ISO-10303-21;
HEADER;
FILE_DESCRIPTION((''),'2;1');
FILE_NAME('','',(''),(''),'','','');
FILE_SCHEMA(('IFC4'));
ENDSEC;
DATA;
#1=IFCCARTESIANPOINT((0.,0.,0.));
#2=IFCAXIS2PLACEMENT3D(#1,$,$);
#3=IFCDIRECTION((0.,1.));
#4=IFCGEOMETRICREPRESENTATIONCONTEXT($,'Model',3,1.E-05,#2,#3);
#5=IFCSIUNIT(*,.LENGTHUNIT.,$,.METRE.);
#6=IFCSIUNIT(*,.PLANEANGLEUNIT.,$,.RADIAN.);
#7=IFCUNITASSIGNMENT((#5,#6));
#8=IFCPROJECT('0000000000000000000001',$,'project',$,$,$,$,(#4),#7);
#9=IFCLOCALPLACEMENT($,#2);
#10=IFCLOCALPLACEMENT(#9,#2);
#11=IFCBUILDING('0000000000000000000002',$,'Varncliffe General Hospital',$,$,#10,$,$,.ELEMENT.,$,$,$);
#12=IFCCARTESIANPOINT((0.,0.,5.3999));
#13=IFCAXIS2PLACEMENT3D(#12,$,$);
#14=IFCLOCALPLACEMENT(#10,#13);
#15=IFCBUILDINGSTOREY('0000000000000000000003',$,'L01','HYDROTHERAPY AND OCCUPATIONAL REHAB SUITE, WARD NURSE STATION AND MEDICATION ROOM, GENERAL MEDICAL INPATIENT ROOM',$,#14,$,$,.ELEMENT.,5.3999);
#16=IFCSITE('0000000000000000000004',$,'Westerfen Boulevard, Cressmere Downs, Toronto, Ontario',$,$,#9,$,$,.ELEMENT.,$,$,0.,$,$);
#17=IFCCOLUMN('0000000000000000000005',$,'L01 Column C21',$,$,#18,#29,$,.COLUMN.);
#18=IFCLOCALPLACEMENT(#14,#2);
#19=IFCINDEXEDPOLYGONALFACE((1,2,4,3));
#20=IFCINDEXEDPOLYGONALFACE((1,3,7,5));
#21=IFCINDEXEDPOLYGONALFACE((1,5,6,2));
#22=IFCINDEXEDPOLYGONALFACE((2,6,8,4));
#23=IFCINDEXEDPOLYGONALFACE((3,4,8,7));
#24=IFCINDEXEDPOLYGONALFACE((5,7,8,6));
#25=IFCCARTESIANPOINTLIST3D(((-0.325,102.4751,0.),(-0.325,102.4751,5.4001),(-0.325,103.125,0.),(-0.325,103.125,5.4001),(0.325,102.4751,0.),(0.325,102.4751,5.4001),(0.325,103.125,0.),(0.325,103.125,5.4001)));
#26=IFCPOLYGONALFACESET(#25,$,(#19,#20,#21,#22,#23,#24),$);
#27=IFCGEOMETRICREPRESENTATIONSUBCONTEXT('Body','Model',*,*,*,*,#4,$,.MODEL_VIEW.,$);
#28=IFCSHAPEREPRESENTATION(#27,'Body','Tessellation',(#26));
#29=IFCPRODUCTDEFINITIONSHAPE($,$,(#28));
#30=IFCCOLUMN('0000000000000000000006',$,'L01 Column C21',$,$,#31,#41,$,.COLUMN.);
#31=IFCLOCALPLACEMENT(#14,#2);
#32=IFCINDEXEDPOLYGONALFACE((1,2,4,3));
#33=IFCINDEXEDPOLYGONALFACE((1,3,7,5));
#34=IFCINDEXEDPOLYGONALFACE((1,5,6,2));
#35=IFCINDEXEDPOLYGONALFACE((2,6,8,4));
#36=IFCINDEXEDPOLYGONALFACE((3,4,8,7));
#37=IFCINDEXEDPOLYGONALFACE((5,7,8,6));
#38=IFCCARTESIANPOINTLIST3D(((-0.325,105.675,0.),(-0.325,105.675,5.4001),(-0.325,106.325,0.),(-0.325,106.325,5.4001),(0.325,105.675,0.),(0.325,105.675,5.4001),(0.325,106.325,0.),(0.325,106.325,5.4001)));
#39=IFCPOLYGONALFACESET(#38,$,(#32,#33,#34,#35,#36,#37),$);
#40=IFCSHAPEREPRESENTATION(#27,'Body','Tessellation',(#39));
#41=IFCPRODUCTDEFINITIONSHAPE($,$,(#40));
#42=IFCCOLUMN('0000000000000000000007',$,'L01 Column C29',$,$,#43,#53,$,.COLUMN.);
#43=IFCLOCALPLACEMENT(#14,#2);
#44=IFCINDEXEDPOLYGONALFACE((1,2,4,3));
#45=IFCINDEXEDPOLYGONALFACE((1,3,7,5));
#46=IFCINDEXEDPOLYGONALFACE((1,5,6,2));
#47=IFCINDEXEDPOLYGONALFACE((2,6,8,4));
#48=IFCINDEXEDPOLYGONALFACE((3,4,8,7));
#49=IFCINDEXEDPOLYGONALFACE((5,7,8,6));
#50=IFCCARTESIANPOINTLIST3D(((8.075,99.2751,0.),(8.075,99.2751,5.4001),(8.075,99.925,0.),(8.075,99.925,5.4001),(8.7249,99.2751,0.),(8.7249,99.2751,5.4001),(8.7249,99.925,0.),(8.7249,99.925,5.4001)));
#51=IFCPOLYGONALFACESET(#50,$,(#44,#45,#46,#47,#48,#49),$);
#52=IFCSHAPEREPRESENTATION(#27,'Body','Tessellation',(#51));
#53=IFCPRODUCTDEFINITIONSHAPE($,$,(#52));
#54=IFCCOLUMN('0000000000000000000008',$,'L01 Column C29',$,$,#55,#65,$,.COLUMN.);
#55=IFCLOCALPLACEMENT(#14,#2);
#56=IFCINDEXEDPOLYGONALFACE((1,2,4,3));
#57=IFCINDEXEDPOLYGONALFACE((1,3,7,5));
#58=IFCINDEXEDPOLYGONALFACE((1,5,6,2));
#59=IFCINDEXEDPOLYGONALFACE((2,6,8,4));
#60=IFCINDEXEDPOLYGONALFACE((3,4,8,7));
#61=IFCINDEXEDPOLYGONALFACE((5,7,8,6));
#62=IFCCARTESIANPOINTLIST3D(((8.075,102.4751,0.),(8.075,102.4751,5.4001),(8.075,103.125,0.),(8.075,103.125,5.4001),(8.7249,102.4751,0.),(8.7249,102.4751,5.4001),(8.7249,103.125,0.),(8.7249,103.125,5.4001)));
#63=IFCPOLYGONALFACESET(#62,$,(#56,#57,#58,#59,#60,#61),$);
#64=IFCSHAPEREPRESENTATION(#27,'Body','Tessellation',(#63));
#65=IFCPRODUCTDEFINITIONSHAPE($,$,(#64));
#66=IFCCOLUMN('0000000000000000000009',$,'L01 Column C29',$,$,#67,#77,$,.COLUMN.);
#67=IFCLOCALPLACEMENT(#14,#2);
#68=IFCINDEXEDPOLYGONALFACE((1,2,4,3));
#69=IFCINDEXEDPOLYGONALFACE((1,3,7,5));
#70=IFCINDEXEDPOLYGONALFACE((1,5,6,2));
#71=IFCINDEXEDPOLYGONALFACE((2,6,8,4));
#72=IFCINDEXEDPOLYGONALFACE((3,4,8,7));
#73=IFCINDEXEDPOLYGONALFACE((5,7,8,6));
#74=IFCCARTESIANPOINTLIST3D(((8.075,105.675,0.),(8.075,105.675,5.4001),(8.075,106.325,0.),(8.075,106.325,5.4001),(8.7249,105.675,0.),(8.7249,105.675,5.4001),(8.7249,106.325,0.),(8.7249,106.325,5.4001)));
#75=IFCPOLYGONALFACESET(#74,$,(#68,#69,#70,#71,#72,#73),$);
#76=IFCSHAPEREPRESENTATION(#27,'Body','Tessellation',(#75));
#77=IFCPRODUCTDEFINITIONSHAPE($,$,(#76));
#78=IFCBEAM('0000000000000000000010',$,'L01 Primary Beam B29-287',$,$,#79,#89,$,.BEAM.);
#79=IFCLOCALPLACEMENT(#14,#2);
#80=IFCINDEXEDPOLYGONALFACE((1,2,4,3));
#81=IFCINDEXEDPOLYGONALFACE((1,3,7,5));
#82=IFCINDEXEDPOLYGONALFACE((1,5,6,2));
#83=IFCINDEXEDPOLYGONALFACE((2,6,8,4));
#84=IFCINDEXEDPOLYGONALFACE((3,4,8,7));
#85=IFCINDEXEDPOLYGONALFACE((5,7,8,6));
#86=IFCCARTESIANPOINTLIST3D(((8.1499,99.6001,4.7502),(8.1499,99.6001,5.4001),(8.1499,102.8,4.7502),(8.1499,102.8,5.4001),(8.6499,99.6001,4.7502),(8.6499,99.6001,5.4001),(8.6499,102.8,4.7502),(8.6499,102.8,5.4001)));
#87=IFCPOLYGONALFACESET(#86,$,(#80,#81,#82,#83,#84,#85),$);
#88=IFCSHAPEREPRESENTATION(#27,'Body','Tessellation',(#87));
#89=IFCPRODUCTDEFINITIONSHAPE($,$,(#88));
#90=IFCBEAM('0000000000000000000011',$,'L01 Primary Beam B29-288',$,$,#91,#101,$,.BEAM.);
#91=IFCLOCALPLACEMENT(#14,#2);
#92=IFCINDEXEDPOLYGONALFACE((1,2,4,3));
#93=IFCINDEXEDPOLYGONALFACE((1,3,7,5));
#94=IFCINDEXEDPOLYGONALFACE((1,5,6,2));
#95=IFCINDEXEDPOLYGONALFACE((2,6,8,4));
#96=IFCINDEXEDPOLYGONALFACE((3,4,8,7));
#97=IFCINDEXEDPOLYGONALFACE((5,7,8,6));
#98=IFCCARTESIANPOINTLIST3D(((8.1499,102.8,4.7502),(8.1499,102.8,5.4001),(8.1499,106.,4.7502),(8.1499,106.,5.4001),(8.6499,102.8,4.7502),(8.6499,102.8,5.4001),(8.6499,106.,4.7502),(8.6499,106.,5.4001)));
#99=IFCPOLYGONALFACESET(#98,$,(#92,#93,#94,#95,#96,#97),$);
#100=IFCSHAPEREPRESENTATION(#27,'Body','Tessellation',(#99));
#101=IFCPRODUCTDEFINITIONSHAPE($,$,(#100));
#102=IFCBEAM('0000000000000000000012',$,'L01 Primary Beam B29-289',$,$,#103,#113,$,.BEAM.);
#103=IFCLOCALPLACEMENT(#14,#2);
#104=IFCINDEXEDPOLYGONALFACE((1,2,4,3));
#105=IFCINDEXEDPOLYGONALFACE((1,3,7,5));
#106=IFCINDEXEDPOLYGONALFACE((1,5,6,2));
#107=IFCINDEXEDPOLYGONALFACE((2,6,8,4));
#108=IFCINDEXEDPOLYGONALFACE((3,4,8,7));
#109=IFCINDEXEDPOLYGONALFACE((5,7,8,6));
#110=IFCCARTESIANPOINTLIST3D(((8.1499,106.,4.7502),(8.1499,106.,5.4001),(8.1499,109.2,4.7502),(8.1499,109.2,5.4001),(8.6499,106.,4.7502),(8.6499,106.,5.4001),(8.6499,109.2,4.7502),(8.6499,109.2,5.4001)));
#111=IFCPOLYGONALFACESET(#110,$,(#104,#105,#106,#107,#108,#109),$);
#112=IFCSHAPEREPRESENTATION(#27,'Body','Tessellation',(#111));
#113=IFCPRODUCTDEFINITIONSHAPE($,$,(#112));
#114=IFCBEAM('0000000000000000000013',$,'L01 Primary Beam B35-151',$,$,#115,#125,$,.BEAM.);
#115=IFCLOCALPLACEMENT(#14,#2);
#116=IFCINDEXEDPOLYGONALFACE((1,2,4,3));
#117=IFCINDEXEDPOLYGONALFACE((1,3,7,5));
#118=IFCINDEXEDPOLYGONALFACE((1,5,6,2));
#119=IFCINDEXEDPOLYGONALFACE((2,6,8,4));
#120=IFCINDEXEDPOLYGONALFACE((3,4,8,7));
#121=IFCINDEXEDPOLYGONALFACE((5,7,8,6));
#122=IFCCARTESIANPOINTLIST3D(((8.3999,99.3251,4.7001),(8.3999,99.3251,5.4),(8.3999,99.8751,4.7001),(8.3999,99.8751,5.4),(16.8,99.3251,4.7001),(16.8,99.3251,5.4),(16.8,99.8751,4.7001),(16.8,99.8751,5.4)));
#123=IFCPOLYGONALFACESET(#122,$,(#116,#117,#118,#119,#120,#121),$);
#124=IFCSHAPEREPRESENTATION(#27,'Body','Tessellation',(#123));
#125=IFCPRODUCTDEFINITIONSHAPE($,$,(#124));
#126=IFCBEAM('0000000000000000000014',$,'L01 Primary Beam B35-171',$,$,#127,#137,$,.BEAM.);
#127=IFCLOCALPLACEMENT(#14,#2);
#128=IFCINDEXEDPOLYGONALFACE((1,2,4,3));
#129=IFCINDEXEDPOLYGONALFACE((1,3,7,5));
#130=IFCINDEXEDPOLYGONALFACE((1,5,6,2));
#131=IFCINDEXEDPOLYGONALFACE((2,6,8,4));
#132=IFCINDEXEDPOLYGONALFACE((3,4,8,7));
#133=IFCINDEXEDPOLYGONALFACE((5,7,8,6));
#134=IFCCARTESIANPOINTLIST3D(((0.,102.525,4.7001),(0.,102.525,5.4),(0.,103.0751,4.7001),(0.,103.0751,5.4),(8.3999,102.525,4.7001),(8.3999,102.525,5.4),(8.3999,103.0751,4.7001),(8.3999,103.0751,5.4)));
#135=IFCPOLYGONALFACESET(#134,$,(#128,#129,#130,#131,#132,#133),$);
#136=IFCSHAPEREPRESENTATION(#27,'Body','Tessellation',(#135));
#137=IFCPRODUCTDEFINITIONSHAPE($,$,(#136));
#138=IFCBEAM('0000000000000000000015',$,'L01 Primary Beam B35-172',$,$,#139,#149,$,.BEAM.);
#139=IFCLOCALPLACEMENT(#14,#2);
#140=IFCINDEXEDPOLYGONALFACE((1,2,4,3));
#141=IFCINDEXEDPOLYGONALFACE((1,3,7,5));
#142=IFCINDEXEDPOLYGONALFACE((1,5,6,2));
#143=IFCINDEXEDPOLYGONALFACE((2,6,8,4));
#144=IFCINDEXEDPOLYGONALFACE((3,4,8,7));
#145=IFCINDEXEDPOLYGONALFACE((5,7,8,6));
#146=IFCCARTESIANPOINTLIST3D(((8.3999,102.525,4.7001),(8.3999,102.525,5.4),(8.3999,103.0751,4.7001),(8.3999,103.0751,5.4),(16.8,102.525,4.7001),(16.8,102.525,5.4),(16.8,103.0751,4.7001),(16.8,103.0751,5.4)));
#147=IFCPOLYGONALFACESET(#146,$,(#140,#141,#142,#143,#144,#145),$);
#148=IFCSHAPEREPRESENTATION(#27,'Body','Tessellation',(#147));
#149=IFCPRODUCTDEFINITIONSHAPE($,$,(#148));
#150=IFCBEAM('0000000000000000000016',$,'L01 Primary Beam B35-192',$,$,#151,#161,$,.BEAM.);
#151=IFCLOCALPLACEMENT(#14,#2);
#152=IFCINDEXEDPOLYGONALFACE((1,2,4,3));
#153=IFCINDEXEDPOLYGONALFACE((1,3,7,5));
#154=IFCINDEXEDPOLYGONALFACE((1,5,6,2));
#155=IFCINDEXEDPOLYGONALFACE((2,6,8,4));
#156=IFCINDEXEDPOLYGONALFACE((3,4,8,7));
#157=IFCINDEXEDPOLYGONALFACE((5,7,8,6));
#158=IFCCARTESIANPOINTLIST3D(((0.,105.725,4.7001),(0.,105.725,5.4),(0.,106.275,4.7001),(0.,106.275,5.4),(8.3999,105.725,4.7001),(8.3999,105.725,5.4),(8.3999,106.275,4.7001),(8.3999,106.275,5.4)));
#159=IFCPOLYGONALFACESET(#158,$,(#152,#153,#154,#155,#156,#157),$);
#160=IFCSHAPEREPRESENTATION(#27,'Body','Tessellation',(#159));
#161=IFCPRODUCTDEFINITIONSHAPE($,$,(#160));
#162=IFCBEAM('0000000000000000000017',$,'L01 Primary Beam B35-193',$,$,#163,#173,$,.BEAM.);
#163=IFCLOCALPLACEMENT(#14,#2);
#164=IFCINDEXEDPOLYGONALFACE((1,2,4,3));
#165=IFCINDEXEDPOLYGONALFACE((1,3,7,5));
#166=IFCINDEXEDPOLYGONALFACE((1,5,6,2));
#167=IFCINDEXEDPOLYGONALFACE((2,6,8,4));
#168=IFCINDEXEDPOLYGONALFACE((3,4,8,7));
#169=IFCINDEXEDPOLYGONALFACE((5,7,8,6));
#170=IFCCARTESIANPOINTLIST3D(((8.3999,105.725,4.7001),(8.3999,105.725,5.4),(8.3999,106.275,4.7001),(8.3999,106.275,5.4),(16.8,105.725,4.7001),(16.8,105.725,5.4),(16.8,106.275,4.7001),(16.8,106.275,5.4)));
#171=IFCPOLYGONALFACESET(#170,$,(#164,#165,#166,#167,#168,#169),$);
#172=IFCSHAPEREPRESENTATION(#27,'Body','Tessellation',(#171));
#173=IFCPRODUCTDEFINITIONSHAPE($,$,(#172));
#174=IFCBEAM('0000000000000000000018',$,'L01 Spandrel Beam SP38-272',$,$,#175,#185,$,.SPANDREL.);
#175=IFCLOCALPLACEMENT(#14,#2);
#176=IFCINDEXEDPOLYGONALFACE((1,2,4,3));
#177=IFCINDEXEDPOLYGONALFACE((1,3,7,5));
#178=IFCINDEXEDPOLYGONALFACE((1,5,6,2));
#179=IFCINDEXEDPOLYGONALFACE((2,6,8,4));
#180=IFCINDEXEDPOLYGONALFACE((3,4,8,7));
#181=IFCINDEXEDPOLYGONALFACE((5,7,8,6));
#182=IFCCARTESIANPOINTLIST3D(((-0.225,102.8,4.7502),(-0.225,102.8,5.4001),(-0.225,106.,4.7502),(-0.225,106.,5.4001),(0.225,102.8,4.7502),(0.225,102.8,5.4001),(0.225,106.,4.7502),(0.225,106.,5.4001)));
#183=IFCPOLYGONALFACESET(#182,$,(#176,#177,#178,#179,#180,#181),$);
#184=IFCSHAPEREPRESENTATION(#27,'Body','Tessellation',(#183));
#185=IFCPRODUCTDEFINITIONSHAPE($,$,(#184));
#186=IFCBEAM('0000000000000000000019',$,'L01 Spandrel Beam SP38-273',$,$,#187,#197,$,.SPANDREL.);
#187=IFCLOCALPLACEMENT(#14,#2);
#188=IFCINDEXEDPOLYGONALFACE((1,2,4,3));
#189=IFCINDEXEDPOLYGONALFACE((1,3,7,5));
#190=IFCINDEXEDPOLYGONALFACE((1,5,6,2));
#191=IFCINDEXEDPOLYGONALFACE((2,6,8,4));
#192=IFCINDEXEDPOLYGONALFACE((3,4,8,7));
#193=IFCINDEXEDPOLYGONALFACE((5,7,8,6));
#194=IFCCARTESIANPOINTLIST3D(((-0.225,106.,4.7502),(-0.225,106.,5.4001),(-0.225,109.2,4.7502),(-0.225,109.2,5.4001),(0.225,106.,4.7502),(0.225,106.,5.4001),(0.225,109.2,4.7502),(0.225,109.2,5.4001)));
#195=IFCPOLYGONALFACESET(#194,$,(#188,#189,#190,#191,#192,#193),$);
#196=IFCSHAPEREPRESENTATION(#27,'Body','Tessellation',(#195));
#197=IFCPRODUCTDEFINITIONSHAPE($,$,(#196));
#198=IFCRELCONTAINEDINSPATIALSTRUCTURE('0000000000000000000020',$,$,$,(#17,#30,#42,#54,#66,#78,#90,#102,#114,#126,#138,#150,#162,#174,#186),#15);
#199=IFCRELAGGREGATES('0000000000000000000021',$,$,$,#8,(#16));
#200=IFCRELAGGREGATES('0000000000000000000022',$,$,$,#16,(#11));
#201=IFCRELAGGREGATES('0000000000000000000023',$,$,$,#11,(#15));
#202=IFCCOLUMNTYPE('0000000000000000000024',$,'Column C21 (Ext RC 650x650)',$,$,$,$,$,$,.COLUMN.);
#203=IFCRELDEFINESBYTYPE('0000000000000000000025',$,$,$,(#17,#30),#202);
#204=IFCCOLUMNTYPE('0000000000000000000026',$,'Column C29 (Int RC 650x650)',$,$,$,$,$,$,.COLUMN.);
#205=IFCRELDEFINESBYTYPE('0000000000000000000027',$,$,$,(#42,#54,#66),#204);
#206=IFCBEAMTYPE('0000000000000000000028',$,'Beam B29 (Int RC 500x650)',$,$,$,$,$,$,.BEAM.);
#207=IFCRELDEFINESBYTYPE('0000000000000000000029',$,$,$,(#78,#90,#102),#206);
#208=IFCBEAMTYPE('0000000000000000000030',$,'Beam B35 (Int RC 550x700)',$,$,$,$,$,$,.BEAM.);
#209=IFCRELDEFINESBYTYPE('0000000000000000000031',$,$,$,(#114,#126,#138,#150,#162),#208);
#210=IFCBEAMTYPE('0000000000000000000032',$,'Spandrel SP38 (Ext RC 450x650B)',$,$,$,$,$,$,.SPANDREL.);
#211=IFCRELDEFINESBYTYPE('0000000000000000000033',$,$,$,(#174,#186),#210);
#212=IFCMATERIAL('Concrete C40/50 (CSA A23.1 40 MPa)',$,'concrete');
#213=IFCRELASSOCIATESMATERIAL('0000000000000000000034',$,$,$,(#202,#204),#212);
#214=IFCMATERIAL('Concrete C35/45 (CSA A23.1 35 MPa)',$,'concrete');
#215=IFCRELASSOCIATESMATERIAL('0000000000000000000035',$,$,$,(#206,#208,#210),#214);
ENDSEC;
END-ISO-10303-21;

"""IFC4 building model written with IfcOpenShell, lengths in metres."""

from ifc_helpers import new_model, si_unit, direction, frame, origin, origin_2d, place, context, subcontext, project, spatial, rectangle, extrude, material, material_profile, profile_set, type_object, element, save


model = new_model("IFC4")

# Units and contexts
model_context = context("Model", 3, precision=1e-05, world=origin(), true_north=direction((0.0, 1.0)))
body_context = subcontext(model_context, "Body", "Model", "MODEL_VIEW")
ifc_project = project(units=[si_unit("LENGTHUNIT", "METRE"), si_unit("PLANEANGLEUNIT", "RADIAN")], contexts=[model_context])

# Site, building, storey
site_placement = place(None, origin())
site = spatial("IfcSite", under=ifc_project, at=site_placement, Name="Westerfen Boulevard, Cressmere Downs, Toronto, Ontario", CompositionType="ELEMENT", RefElevation=0.0)
building_placement = place(site_placement, origin())
building = spatial("IfcBuilding", under=site, at=building_placement, Name="Varncliffe General Hospital", CompositionType="ELEMENT")
storey_placement = place(building_placement, frame((0.0, 0.0, 5.3999)))
storey = spatial("IfcBuildingStorey", under=building, at=storey_placement, Name="L01", Description="HYDROTHERAPY AND OCCUPATIONAL REHAB SUITE, WARD NURSE STATION AND MEDICATION ROOM, GENERAL MEDICAL INPATIENT ROOM", CompositionType="ELEMENT", Elevation=5.3999)

# Columns
ifc_material_1 = material(Name="Concrete C40/50 (CSA A23.1 40 MPa)", Category="concrete")
ifc_material_profile_1 = material_profile(ifc_material_1, rectangle(XDim=0.6499, YDim=0.6499, at=origin_2d()), Name="RC 650x650")
ifc_profile_set_1 = profile_set([ifc_material_profile_1], Name="Concrete C40/50 (CSA A23.1 40 MPa)")
column_type_1 = type_object("IfcColumnType", Name="Column C21 (Ext RC 650x650)", PredefinedType="COLUMN", material=ifc_profile_set_1)
for number, where, z_axis, x_axis, name in (
    (1, (0.0, 102.8, 0.0), (0.0, 0.0, 1.0), (1.0, 0.0, 0.0), "L01 Column C21"),
    (2, (0.0, 106.0, 0.0), (0.0, 0.0, 1.0), (1.0, 0.0, 0.0), "L01 Column C21"),
):
    element("IfcColumn", number, at=place(storey_placement, frame(where, z_axis=z_axis, x_axis=x_axis)), inside=storey, type_object=column_type_1, Name=name, PredefinedType="COLUMN", context=body_context, shape_type="SweptSolid", body=[
        extrude(rectangle(XDim=0.6499, YDim=0.6499, at=origin_2d()), origin(), (0.0, 0.0, 1.0), 5.4001),
    ])
ifc_material_profile_2 = material_profile(ifc_material_1, rectangle(XDim=0.6499, YDim=0.6499, at=origin_2d()), Name="RC 650x650")
ifc_profile_set_2 = profile_set([ifc_material_profile_2], Name="Concrete C40/50 (CSA A23.1 40 MPa)")
column_type_2 = type_object("IfcColumnType", Name="Column C29 (Int RC 650x650)", PredefinedType="COLUMN", material=ifc_profile_set_2)
for number, where, z_axis, x_axis, name in (
    (3, (8.3999, 99.6001, 0.0), (0.0, 0.0, 1.0), (1.0, 0.0, 0.0), "L01 Column C29"),
    (4, (8.3999, 102.8, 0.0), (0.0, 0.0, 1.0), (1.0, 0.0, 0.0), "L01 Column C29"),
    (5, (8.3999, 106.0, 0.0), (0.0, 0.0, 1.0), (1.0, 0.0, 0.0), "L01 Column C29"),
):
    element("IfcColumn", number, at=place(storey_placement, frame(where, z_axis=z_axis, x_axis=x_axis)), inside=storey, type_object=column_type_2, Name=name, PredefinedType="COLUMN", context=body_context, shape_type="SweptSolid", body=[
        extrude(rectangle(XDim=0.6499, YDim=0.6499, at=origin_2d()), origin(), (0.0, 0.0, 1.0), 5.4001),
    ])

# Beams
ifc_material_2 = material(Name="Concrete C35/45 (CSA A23.1 35 MPa)", Category="concrete")
ifc_material_profile_3 = material_profile(ifc_material_2, rectangle(XDim=0.5, YDim=0.6499, at=origin_2d()), Name="RC 500x650")
ifc_profile_set_3 = profile_set([ifc_material_profile_3], Name="Concrete C35/45 (CSA A23.1 35 MPa)")
beam_type_1 = type_object("IfcBeamType", Name="Beam B29 (Int RC 500x650)", PredefinedType="BEAM", material=ifc_profile_set_3)
for number, where, z_axis, x_axis, name in (
    (6, (8.3999, 99.6001, 5.0752), (0.0, 1.0, 0.0), (-1.0, 0.0, 0.0), "L01 Primary Beam B29-287"),
    (7, (8.3999, 102.8, 5.0752), (0.0, 1.0, 0.0), (-1.0, 0.0, 0.0), "L01 Primary Beam B29-288"),
    (8, (8.3999, 106.0, 5.0752), (0.0, 1.0, 0.0), (-1.0, 0.0, 0.0), "L01 Primary Beam B29-289"),
):
    element("IfcBeam", number, at=place(storey_placement, frame(where, z_axis=z_axis, x_axis=x_axis)), inside=storey, type_object=beam_type_1, Name=name, PredefinedType="BEAM", context=body_context, shape_type="SweptSolid", body=[
        extrude(rectangle(XDim=0.5, YDim=0.6499, at=origin_2d()), origin(), (0.0, 0.0, 1.0), 3.2),
    ])
ifc_material_profile_4 = material_profile(ifc_material_2, rectangle(XDim=0.55, YDim=0.7, at=origin_2d()), Name="RC 550x700")
ifc_profile_set_4 = profile_set([ifc_material_profile_4], Name="Concrete C35/45 (CSA A23.1 35 MPa)")
beam_type_2 = type_object("IfcBeamType", Name="Beam B35 (Int RC 550x700)", PredefinedType="BEAM", material=ifc_profile_set_4)
beam_1_placement = place(storey_placement, frame((8.3999, 99.6001, 5.05), z_axis=(1.0, 0.0, 0.0), x_axis=(0.0, 1.0, 0.0)))
element("IfcBeam", 9, at=beam_1_placement, inside=storey, type_object=beam_type_2, Name="L01 Primary Beam B35-151", PredefinedType="BEAM", context=body_context, shape_type="SweptSolid", body=[
    extrude(rectangle(XDim=0.55, YDim=0.7, at=origin_2d()), origin(), (0.0, 0.0, 1.0), 8.4001),
])
beam_2_placement = place(storey_placement, frame((0.0, 102.8, 5.05), z_axis=(1.0, 0.0, 0.0), x_axis=(0.0, 1.0, 0.0)))
element("IfcBeam", 10, at=beam_2_placement, inside=storey, type_object=beam_type_2, Name="L01 Primary Beam B35-171", PredefinedType="BEAM", context=body_context, shape_type="SweptSolid", body=[
    extrude(rectangle(XDim=0.55, YDim=0.7, at=origin_2d()), origin(), (0.0, 0.0, 1.0), 8.3999),
])
beam_3_placement = place(storey_placement, frame((8.3999, 102.8, 5.05), z_axis=(1.0, 0.0, 0.0), x_axis=(0.0, 1.0, 0.0)))
element("IfcBeam", 11, at=beam_3_placement, inside=storey, type_object=beam_type_2, Name="L01 Primary Beam B35-172", PredefinedType="BEAM", context=body_context, shape_type="SweptSolid", body=[
    extrude(rectangle(XDim=0.55, YDim=0.7, at=origin_2d()), origin(), (0.0, 0.0, 1.0), 8.4001),
])
beam_4_placement = place(storey_placement, frame((0.0, 106.0, 5.05), z_axis=(1.0, 0.0, 0.0), x_axis=(0.0, 1.0, 0.0)))
element("IfcBeam", 12, at=beam_4_placement, inside=storey, type_object=beam_type_2, Name="L01 Primary Beam B35-192", PredefinedType="BEAM", context=body_context, shape_type="SweptSolid", body=[
    extrude(rectangle(XDim=0.55, YDim=0.7, at=origin_2d()), origin(), (0.0, 0.0, 1.0), 8.3999),
])
beam_5_placement = place(storey_placement, frame((8.3999, 106.0, 5.05), z_axis=(1.0, 0.0, 0.0), x_axis=(0.0, 1.0, 0.0)))
element("IfcBeam", 13, at=beam_5_placement, inside=storey, type_object=beam_type_2, Name="L01 Primary Beam B35-193", PredefinedType="BEAM", context=body_context, shape_type="SweptSolid", body=[
    extrude(rectangle(XDim=0.55, YDim=0.7, at=origin_2d()), origin(), (0.0, 0.0, 1.0), 8.4001),
])
ifc_material_profile_5 = material_profile(ifc_material_2, rectangle(XDim=0.45, YDim=0.6499, at=origin_2d()), Name="RC 450x650")
ifc_profile_set_5 = profile_set([ifc_material_profile_5], Name="Concrete C35/45 (CSA A23.1 35 MPa)")
beam_type_3 = type_object("IfcBeamType", Name="Spandrel SP38 (Ext RC 450x650B)", PredefinedType="SPANDREL", material=ifc_profile_set_5)
for number, where, z_axis, x_axis, name in (
    (14, (0.0, 102.8, 5.0752), (0.0, 1.0, 0.0), (-1.0, 0.0, 0.0), "L01 Spandrel Beam SP38-272"),
    (15, (0.0, 106.0, 5.0752), (0.0, 1.0, 0.0), (-1.0, 0.0, 0.0), "L01 Spandrel Beam SP38-273"),
):
    element("IfcBeam", number, at=place(storey_placement, frame(where, z_axis=z_axis, x_axis=x_axis)), inside=storey, type_object=beam_type_3, Name=name, PredefinedType="SPANDREL", context=body_context, shape_type="SweptSolid", body=[
        extrude(rectangle(XDim=0.45, YDim=0.6499, at=origin_2d()), origin(), (0.0, 0.0, 1.0), 3.2),
    ])

save(model, "model.ifc")
